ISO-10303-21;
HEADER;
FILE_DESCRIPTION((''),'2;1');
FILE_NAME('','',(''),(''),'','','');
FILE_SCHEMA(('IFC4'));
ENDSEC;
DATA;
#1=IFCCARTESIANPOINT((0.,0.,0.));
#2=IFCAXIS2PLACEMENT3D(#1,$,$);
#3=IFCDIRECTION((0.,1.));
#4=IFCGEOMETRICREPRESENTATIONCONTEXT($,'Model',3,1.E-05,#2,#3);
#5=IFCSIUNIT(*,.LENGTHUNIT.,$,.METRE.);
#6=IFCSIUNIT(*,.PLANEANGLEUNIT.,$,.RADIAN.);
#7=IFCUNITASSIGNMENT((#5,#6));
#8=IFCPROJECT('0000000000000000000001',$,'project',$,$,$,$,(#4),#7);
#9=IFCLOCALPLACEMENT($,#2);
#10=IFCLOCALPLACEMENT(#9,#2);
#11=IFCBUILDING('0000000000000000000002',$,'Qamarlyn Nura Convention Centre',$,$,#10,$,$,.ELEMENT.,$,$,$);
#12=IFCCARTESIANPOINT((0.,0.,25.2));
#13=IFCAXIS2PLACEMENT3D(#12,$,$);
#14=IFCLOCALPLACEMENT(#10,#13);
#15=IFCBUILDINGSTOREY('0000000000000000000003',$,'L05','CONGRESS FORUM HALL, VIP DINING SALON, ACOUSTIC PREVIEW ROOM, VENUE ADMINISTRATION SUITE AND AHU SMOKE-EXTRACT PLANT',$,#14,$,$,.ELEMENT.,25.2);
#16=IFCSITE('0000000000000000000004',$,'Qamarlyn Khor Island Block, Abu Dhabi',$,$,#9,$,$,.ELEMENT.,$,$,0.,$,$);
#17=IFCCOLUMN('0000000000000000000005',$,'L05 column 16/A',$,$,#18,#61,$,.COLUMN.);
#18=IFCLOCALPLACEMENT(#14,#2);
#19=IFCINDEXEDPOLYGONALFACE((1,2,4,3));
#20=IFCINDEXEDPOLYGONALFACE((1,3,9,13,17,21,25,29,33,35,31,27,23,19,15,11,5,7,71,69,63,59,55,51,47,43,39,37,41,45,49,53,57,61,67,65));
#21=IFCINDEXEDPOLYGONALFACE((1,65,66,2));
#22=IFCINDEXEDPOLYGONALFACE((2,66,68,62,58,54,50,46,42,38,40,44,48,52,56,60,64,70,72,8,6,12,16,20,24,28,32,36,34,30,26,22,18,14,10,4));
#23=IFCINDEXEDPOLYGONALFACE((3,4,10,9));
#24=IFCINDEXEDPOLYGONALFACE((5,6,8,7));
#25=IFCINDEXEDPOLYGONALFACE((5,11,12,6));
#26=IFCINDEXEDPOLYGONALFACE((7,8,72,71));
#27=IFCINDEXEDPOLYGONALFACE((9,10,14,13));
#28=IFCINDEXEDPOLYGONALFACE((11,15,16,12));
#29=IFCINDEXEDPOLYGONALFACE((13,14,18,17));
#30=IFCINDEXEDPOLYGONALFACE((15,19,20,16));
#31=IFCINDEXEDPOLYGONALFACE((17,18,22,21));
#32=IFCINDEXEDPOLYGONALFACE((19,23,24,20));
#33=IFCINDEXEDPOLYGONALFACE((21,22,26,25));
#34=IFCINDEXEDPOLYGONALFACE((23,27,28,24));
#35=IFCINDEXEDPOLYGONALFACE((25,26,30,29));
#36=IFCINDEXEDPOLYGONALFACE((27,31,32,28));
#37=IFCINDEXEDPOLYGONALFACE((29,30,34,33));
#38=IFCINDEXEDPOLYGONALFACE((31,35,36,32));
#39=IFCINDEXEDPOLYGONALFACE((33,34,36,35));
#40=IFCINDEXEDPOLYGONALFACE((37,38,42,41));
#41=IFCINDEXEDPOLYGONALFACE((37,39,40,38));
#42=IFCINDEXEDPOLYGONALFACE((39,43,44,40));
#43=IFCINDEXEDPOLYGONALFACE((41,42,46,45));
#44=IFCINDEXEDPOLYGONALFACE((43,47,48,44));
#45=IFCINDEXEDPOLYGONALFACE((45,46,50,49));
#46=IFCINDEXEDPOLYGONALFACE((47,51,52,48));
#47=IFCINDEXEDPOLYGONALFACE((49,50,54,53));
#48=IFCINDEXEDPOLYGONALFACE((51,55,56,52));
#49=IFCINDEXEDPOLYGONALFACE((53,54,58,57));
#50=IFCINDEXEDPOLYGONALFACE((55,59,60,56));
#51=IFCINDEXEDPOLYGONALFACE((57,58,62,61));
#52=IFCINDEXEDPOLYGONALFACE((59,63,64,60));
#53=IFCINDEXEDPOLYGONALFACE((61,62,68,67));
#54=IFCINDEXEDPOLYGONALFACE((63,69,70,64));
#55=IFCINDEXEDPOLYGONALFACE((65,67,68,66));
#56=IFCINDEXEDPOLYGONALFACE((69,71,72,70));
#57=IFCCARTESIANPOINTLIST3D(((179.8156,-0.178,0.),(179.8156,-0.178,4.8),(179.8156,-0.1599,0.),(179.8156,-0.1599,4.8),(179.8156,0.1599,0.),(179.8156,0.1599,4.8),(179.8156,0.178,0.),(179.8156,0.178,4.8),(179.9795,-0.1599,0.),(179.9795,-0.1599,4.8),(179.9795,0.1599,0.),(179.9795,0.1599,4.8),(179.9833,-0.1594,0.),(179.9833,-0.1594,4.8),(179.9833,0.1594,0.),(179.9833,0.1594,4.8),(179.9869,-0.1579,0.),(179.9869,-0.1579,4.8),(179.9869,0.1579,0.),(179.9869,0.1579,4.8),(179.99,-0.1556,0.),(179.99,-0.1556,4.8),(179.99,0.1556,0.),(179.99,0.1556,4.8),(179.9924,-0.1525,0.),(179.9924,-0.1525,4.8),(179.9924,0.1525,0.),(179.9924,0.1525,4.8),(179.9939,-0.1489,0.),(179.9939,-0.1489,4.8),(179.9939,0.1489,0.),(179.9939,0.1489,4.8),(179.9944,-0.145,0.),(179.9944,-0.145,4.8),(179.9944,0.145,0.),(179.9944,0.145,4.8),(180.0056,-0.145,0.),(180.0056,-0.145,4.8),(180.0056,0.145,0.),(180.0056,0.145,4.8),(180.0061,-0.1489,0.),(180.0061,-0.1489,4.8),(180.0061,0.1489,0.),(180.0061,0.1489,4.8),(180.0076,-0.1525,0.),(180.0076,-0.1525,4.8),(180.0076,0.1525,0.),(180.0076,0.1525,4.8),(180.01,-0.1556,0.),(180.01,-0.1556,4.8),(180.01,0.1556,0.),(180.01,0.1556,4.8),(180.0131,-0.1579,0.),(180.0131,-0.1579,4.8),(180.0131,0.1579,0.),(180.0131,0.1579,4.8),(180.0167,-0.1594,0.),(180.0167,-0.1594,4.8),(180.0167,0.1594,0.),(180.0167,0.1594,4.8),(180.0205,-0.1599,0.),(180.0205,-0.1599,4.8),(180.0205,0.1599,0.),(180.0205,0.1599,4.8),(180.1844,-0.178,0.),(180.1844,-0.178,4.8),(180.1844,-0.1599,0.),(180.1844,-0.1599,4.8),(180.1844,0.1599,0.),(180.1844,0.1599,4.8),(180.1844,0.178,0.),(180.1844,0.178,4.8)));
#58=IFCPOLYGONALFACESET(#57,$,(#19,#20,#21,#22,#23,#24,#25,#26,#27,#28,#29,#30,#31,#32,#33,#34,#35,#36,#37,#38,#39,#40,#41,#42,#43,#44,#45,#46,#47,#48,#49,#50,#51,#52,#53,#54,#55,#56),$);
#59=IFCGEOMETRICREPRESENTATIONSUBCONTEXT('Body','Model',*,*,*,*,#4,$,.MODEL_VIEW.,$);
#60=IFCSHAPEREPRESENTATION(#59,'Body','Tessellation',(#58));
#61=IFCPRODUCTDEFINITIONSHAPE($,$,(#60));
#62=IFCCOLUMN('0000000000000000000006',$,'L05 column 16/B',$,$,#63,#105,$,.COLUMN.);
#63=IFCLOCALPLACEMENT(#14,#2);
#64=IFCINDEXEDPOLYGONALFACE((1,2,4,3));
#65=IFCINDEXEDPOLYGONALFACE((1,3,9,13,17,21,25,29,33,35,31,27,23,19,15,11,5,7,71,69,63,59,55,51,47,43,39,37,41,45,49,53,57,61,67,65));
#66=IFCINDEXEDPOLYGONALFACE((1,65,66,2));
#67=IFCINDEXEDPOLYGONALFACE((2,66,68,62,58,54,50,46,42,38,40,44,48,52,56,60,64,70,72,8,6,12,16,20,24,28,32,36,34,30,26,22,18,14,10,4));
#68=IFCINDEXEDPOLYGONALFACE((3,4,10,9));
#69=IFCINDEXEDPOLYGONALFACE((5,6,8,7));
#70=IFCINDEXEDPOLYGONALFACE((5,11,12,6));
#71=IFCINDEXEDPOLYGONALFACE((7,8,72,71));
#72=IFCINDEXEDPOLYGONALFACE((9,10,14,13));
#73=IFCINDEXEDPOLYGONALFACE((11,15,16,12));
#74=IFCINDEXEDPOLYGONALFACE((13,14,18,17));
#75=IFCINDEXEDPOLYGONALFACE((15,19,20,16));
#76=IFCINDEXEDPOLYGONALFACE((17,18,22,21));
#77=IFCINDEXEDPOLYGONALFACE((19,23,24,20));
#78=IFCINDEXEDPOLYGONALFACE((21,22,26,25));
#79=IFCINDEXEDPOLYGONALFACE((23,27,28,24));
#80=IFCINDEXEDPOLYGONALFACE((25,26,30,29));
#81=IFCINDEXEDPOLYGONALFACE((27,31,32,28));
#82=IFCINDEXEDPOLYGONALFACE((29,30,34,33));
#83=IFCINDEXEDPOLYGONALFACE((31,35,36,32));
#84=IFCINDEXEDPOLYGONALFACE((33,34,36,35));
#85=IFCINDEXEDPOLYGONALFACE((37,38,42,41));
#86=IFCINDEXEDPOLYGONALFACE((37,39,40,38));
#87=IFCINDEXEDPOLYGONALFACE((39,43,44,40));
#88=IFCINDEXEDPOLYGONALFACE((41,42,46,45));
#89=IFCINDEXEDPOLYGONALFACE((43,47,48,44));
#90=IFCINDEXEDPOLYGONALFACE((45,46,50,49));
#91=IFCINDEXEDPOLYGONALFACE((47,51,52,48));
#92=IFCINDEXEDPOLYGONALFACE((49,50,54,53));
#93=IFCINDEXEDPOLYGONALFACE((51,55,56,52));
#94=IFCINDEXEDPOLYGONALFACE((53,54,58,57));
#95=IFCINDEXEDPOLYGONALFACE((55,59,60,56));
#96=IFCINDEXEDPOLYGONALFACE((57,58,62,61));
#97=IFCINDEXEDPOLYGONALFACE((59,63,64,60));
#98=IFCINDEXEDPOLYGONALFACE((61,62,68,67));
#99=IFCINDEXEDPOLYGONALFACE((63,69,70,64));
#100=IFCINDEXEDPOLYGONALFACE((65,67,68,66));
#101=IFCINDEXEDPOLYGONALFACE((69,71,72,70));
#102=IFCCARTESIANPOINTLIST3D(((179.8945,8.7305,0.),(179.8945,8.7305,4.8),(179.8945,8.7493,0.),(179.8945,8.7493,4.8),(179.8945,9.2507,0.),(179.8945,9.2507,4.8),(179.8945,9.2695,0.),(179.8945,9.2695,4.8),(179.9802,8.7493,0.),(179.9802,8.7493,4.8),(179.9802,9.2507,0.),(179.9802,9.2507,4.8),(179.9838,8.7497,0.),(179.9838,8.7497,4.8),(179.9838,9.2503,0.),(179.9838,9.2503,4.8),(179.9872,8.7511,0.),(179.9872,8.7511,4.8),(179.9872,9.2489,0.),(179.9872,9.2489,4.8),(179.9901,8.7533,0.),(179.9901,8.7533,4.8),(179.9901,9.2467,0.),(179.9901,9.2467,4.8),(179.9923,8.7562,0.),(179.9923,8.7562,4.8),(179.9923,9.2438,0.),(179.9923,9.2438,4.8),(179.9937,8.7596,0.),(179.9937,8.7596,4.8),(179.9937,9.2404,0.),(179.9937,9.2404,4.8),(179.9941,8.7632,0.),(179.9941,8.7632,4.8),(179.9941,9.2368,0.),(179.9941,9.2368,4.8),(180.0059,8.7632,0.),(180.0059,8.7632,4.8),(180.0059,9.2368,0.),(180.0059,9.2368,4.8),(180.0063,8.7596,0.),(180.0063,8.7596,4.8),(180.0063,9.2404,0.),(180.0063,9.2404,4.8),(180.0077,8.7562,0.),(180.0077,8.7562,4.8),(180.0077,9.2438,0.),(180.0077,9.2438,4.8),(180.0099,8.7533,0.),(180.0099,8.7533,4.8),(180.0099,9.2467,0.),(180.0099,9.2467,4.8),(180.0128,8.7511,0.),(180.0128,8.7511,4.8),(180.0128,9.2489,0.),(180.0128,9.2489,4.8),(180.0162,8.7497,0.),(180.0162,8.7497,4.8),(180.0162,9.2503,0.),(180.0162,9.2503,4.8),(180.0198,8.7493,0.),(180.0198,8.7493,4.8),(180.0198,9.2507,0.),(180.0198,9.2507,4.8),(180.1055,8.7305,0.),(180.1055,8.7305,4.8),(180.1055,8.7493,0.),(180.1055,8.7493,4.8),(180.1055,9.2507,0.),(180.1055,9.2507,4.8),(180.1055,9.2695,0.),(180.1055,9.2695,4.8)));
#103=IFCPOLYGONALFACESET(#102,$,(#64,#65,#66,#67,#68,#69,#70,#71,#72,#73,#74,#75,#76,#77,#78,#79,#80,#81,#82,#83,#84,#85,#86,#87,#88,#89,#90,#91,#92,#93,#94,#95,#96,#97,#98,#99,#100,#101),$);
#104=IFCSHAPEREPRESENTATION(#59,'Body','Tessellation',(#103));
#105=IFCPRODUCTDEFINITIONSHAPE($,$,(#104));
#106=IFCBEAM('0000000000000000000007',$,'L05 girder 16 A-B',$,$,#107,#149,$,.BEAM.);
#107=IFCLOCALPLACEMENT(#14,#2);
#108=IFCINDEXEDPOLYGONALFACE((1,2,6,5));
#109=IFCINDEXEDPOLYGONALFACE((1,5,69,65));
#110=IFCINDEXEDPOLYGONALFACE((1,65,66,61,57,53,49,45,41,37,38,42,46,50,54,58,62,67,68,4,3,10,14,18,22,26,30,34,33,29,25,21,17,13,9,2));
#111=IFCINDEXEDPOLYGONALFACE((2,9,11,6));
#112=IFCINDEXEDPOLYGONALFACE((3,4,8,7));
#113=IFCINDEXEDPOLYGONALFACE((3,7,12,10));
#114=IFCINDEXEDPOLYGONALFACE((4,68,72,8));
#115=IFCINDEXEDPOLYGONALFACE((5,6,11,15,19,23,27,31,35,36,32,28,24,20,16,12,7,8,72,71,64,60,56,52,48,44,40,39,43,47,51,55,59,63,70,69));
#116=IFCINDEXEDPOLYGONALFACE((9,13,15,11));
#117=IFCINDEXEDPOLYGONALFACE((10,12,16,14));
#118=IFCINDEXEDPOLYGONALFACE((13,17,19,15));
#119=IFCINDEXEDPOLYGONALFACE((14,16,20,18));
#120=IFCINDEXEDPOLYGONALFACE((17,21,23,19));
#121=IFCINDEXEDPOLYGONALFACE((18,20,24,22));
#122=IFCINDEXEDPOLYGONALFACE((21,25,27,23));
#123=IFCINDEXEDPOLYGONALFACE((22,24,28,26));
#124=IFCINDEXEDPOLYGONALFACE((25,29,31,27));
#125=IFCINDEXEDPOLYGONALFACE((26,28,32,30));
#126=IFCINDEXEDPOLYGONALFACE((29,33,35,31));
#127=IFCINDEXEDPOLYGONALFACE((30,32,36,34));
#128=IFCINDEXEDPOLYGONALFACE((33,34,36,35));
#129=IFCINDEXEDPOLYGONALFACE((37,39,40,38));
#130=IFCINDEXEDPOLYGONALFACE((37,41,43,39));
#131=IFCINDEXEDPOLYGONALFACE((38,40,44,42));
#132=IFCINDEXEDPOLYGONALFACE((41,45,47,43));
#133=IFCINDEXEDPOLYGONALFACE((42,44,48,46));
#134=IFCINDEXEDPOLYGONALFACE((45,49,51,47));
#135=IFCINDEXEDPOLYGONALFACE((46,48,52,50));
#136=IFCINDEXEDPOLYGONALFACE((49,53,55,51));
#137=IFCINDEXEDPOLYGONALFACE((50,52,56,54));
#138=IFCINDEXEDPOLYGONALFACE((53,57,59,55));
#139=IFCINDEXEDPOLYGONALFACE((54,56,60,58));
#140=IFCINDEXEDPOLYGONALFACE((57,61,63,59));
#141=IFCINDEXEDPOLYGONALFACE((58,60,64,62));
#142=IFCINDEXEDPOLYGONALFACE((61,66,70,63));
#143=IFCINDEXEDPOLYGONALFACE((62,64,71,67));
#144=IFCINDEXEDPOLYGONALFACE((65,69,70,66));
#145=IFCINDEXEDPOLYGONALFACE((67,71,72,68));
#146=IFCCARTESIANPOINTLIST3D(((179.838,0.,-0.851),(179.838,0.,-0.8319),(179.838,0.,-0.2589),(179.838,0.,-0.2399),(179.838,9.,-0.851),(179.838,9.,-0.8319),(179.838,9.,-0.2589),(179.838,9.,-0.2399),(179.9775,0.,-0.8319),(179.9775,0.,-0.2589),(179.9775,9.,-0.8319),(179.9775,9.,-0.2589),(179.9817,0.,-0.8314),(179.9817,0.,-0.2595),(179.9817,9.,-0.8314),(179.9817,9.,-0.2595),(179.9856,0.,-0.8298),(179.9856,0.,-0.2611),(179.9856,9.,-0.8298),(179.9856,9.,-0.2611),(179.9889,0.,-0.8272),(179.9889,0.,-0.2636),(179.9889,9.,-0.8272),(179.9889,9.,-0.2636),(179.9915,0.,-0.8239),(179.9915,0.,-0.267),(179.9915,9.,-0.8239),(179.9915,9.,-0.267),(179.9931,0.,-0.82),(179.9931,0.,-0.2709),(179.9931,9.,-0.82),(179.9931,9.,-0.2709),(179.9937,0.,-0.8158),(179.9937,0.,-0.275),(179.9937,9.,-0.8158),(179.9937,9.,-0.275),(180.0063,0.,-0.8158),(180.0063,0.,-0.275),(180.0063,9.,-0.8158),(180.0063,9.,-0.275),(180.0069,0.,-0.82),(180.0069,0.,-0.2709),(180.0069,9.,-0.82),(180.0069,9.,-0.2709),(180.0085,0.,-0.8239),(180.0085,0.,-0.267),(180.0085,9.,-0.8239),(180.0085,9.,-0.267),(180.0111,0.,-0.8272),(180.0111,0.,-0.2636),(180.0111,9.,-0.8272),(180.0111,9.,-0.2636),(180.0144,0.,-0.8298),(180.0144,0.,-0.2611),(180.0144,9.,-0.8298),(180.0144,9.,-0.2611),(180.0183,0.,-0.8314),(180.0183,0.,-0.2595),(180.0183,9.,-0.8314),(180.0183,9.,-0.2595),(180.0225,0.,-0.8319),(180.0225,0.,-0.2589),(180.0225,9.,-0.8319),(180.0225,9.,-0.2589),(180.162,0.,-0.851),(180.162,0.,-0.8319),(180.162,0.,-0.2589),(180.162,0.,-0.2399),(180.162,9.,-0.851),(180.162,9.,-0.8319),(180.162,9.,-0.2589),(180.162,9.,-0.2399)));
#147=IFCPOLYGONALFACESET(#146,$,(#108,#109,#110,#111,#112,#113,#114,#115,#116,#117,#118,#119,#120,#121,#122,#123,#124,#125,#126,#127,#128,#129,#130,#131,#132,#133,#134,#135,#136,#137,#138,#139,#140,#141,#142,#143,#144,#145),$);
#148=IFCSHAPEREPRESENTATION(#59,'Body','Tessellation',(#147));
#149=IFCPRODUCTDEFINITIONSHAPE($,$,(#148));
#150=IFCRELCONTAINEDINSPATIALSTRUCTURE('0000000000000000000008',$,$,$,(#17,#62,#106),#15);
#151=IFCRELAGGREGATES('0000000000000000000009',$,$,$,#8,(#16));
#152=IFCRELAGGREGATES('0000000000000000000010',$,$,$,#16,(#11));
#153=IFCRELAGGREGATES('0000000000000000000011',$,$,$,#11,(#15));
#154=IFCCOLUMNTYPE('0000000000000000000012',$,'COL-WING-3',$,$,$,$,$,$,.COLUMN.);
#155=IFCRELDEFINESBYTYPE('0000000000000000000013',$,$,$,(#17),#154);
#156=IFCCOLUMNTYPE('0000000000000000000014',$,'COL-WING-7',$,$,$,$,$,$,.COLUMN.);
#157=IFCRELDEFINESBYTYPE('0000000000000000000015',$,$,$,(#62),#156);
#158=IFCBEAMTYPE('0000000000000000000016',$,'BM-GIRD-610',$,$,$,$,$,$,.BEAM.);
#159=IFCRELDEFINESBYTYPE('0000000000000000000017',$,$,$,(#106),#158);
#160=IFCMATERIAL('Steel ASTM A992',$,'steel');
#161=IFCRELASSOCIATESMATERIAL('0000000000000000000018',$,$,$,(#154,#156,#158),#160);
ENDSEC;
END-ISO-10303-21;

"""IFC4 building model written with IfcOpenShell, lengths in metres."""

from ifc_helpers import new_model, si_unit, direction, frame, origin, origin_2d, place, context, subcontext, project, spatial, i_section, extrude, material, material_profile, profile_set, type_object, element, save


model = new_model("IFC4")

# Units and contexts
model_context = context("Model", 3, precision=1e-05, world=origin(), true_north=direction((0.0, 1.0)))
body_context = subcontext(model_context, "Body", "Model", "MODEL_VIEW")
ifc_project = project(units=[si_unit("LENGTHUNIT", "METRE"), si_unit("PLANEANGLEUNIT", "RADIAN")], contexts=[model_context])

# Site, building, storey
site_placement = place(None, origin())
site = spatial("IfcSite", under=ifc_project, at=site_placement, Name="Qamarlyn Khor Island Block, Abu Dhabi", CompositionType="ELEMENT", RefElevation=0.0)
building_placement = place(site_placement, origin())
building = spatial("IfcBuilding", under=site, at=building_placement, Name="Qamarlyn Nura Convention Centre", CompositionType="ELEMENT")
storey_placement = place(building_placement, frame((0.0, 0.0, 25.2)))
storey = spatial("IfcBuildingStorey", under=building, at=storey_placement, Name="L05", Description="CONGRESS FORUM HALL, VIP DINING SALON, ACOUSTIC PREVIEW ROOM, VENUE ADMINISTRATION SUITE AND AHU SMOKE-EXTRACT PLANT", CompositionType="ELEMENT", Elevation=25.2)

# Columns
ifc_material_1 = material(Name="Steel ASTM A992", Category="steel")
ifc_material_profile_1 = material_profile(ifc_material_1, i_section(OverallWidth=0.3689, OverallDepth=0.356, WebThickness=0.0112, FlangeThickness=0.0181, FilletRadius=0.0149, at=origin_2d()), Name="W360X134")
ifc_profile_set_1 = profile_set([ifc_material_profile_1], Name="Steel ASTM A992")
column_type_1 = type_object("IfcColumnType", Name="COL-WING-3", PredefinedType="COLUMN", material=ifc_profile_set_1)
column_1_placement = place(storey_placement, frame((180.0, 0.0, 0.0), z_axis=(0.0, 0.0, 1.0), x_axis=(1.0, 0.0, 0.0)))
element("IfcColumn", 1, at=column_1_placement, inside=storey, type_object=column_type_1, Name="L05 column 16/A", PredefinedType="COLUMN", context=body_context, shape_type="SweptSolid", body=[
    extrude(i_section(OverallWidth=0.3689, OverallDepth=0.356, WebThickness=0.0112, FlangeThickness=0.0181, FilletRadius=0.0149, at=origin_2d()), origin(), (0.0, 0.0, 1.0), 4.8),
])
ifc_material_profile_2 = material_profile(ifc_material_1, i_section(OverallWidth=0.2109, OverallDepth=0.5391, WebThickness=0.0117, FlangeThickness=0.0188, FilletRadius=0.0139, at=origin_2d()), Name="W530X109")
ifc_profile_set_2 = profile_set([ifc_material_profile_2], Name="Steel ASTM A992")
column_type_2 = type_object("IfcColumnType", Name="COL-WING-7", PredefinedType="COLUMN", material=ifc_profile_set_2)
column_2_placement = place(storey_placement, frame((180.0, 9.0, 0.0), z_axis=(0.0, 0.0, 1.0), x_axis=(1.0, 0.0, 0.0)))
element("IfcColumn", 2, at=column_2_placement, inside=storey, type_object=column_type_2, Name="L05 column 16/B", PredefinedType="COLUMN", context=body_context, shape_type="SweptSolid", body=[
    extrude(i_section(OverallWidth=0.2109, OverallDepth=0.5391, WebThickness=0.0117, FlangeThickness=0.0188, FilletRadius=0.0139, at=origin_2d()), origin(), (0.0, 0.0, 1.0), 4.8),
])

# Beam
ifc_material_profile_3 = material_profile(ifc_material_1, i_section(OverallWidth=0.324, OverallDepth=0.6111, WebThickness=0.0127, FlangeThickness=0.019, FilletRadius=0.0161, at=origin_2d()), Name="W610X155")
ifc_profile_set_3 = profile_set([ifc_material_profile_3], Name="Steel ASTM A992")
beam_type_1 = type_object("IfcBeamType", Name="BM-GIRD-610", PredefinedType="BEAM", material=ifc_profile_set_3)
beam_1_placement = place(storey_placement, frame((180.0, 0.0, -0.5454), z_axis=(0.0, 1.0, 0.0), x_axis=(-1.0, 0.0, 0.0)))
element("IfcBeam", 3, at=beam_1_placement, inside=storey, type_object=beam_type_1, Name="L05 girder 16 A-B", PredefinedType="BEAM", context=body_context, shape_type="SweptSolid", body=[
    extrude(i_section(OverallWidth=0.324, OverallDepth=0.6111, WebThickness=0.0127, FlangeThickness=0.019, FilletRadius=0.0161, at=origin_2d()), origin(), (0.0, 0.0, 1.0), 9.0),
])

save(model, "model.ifc")
